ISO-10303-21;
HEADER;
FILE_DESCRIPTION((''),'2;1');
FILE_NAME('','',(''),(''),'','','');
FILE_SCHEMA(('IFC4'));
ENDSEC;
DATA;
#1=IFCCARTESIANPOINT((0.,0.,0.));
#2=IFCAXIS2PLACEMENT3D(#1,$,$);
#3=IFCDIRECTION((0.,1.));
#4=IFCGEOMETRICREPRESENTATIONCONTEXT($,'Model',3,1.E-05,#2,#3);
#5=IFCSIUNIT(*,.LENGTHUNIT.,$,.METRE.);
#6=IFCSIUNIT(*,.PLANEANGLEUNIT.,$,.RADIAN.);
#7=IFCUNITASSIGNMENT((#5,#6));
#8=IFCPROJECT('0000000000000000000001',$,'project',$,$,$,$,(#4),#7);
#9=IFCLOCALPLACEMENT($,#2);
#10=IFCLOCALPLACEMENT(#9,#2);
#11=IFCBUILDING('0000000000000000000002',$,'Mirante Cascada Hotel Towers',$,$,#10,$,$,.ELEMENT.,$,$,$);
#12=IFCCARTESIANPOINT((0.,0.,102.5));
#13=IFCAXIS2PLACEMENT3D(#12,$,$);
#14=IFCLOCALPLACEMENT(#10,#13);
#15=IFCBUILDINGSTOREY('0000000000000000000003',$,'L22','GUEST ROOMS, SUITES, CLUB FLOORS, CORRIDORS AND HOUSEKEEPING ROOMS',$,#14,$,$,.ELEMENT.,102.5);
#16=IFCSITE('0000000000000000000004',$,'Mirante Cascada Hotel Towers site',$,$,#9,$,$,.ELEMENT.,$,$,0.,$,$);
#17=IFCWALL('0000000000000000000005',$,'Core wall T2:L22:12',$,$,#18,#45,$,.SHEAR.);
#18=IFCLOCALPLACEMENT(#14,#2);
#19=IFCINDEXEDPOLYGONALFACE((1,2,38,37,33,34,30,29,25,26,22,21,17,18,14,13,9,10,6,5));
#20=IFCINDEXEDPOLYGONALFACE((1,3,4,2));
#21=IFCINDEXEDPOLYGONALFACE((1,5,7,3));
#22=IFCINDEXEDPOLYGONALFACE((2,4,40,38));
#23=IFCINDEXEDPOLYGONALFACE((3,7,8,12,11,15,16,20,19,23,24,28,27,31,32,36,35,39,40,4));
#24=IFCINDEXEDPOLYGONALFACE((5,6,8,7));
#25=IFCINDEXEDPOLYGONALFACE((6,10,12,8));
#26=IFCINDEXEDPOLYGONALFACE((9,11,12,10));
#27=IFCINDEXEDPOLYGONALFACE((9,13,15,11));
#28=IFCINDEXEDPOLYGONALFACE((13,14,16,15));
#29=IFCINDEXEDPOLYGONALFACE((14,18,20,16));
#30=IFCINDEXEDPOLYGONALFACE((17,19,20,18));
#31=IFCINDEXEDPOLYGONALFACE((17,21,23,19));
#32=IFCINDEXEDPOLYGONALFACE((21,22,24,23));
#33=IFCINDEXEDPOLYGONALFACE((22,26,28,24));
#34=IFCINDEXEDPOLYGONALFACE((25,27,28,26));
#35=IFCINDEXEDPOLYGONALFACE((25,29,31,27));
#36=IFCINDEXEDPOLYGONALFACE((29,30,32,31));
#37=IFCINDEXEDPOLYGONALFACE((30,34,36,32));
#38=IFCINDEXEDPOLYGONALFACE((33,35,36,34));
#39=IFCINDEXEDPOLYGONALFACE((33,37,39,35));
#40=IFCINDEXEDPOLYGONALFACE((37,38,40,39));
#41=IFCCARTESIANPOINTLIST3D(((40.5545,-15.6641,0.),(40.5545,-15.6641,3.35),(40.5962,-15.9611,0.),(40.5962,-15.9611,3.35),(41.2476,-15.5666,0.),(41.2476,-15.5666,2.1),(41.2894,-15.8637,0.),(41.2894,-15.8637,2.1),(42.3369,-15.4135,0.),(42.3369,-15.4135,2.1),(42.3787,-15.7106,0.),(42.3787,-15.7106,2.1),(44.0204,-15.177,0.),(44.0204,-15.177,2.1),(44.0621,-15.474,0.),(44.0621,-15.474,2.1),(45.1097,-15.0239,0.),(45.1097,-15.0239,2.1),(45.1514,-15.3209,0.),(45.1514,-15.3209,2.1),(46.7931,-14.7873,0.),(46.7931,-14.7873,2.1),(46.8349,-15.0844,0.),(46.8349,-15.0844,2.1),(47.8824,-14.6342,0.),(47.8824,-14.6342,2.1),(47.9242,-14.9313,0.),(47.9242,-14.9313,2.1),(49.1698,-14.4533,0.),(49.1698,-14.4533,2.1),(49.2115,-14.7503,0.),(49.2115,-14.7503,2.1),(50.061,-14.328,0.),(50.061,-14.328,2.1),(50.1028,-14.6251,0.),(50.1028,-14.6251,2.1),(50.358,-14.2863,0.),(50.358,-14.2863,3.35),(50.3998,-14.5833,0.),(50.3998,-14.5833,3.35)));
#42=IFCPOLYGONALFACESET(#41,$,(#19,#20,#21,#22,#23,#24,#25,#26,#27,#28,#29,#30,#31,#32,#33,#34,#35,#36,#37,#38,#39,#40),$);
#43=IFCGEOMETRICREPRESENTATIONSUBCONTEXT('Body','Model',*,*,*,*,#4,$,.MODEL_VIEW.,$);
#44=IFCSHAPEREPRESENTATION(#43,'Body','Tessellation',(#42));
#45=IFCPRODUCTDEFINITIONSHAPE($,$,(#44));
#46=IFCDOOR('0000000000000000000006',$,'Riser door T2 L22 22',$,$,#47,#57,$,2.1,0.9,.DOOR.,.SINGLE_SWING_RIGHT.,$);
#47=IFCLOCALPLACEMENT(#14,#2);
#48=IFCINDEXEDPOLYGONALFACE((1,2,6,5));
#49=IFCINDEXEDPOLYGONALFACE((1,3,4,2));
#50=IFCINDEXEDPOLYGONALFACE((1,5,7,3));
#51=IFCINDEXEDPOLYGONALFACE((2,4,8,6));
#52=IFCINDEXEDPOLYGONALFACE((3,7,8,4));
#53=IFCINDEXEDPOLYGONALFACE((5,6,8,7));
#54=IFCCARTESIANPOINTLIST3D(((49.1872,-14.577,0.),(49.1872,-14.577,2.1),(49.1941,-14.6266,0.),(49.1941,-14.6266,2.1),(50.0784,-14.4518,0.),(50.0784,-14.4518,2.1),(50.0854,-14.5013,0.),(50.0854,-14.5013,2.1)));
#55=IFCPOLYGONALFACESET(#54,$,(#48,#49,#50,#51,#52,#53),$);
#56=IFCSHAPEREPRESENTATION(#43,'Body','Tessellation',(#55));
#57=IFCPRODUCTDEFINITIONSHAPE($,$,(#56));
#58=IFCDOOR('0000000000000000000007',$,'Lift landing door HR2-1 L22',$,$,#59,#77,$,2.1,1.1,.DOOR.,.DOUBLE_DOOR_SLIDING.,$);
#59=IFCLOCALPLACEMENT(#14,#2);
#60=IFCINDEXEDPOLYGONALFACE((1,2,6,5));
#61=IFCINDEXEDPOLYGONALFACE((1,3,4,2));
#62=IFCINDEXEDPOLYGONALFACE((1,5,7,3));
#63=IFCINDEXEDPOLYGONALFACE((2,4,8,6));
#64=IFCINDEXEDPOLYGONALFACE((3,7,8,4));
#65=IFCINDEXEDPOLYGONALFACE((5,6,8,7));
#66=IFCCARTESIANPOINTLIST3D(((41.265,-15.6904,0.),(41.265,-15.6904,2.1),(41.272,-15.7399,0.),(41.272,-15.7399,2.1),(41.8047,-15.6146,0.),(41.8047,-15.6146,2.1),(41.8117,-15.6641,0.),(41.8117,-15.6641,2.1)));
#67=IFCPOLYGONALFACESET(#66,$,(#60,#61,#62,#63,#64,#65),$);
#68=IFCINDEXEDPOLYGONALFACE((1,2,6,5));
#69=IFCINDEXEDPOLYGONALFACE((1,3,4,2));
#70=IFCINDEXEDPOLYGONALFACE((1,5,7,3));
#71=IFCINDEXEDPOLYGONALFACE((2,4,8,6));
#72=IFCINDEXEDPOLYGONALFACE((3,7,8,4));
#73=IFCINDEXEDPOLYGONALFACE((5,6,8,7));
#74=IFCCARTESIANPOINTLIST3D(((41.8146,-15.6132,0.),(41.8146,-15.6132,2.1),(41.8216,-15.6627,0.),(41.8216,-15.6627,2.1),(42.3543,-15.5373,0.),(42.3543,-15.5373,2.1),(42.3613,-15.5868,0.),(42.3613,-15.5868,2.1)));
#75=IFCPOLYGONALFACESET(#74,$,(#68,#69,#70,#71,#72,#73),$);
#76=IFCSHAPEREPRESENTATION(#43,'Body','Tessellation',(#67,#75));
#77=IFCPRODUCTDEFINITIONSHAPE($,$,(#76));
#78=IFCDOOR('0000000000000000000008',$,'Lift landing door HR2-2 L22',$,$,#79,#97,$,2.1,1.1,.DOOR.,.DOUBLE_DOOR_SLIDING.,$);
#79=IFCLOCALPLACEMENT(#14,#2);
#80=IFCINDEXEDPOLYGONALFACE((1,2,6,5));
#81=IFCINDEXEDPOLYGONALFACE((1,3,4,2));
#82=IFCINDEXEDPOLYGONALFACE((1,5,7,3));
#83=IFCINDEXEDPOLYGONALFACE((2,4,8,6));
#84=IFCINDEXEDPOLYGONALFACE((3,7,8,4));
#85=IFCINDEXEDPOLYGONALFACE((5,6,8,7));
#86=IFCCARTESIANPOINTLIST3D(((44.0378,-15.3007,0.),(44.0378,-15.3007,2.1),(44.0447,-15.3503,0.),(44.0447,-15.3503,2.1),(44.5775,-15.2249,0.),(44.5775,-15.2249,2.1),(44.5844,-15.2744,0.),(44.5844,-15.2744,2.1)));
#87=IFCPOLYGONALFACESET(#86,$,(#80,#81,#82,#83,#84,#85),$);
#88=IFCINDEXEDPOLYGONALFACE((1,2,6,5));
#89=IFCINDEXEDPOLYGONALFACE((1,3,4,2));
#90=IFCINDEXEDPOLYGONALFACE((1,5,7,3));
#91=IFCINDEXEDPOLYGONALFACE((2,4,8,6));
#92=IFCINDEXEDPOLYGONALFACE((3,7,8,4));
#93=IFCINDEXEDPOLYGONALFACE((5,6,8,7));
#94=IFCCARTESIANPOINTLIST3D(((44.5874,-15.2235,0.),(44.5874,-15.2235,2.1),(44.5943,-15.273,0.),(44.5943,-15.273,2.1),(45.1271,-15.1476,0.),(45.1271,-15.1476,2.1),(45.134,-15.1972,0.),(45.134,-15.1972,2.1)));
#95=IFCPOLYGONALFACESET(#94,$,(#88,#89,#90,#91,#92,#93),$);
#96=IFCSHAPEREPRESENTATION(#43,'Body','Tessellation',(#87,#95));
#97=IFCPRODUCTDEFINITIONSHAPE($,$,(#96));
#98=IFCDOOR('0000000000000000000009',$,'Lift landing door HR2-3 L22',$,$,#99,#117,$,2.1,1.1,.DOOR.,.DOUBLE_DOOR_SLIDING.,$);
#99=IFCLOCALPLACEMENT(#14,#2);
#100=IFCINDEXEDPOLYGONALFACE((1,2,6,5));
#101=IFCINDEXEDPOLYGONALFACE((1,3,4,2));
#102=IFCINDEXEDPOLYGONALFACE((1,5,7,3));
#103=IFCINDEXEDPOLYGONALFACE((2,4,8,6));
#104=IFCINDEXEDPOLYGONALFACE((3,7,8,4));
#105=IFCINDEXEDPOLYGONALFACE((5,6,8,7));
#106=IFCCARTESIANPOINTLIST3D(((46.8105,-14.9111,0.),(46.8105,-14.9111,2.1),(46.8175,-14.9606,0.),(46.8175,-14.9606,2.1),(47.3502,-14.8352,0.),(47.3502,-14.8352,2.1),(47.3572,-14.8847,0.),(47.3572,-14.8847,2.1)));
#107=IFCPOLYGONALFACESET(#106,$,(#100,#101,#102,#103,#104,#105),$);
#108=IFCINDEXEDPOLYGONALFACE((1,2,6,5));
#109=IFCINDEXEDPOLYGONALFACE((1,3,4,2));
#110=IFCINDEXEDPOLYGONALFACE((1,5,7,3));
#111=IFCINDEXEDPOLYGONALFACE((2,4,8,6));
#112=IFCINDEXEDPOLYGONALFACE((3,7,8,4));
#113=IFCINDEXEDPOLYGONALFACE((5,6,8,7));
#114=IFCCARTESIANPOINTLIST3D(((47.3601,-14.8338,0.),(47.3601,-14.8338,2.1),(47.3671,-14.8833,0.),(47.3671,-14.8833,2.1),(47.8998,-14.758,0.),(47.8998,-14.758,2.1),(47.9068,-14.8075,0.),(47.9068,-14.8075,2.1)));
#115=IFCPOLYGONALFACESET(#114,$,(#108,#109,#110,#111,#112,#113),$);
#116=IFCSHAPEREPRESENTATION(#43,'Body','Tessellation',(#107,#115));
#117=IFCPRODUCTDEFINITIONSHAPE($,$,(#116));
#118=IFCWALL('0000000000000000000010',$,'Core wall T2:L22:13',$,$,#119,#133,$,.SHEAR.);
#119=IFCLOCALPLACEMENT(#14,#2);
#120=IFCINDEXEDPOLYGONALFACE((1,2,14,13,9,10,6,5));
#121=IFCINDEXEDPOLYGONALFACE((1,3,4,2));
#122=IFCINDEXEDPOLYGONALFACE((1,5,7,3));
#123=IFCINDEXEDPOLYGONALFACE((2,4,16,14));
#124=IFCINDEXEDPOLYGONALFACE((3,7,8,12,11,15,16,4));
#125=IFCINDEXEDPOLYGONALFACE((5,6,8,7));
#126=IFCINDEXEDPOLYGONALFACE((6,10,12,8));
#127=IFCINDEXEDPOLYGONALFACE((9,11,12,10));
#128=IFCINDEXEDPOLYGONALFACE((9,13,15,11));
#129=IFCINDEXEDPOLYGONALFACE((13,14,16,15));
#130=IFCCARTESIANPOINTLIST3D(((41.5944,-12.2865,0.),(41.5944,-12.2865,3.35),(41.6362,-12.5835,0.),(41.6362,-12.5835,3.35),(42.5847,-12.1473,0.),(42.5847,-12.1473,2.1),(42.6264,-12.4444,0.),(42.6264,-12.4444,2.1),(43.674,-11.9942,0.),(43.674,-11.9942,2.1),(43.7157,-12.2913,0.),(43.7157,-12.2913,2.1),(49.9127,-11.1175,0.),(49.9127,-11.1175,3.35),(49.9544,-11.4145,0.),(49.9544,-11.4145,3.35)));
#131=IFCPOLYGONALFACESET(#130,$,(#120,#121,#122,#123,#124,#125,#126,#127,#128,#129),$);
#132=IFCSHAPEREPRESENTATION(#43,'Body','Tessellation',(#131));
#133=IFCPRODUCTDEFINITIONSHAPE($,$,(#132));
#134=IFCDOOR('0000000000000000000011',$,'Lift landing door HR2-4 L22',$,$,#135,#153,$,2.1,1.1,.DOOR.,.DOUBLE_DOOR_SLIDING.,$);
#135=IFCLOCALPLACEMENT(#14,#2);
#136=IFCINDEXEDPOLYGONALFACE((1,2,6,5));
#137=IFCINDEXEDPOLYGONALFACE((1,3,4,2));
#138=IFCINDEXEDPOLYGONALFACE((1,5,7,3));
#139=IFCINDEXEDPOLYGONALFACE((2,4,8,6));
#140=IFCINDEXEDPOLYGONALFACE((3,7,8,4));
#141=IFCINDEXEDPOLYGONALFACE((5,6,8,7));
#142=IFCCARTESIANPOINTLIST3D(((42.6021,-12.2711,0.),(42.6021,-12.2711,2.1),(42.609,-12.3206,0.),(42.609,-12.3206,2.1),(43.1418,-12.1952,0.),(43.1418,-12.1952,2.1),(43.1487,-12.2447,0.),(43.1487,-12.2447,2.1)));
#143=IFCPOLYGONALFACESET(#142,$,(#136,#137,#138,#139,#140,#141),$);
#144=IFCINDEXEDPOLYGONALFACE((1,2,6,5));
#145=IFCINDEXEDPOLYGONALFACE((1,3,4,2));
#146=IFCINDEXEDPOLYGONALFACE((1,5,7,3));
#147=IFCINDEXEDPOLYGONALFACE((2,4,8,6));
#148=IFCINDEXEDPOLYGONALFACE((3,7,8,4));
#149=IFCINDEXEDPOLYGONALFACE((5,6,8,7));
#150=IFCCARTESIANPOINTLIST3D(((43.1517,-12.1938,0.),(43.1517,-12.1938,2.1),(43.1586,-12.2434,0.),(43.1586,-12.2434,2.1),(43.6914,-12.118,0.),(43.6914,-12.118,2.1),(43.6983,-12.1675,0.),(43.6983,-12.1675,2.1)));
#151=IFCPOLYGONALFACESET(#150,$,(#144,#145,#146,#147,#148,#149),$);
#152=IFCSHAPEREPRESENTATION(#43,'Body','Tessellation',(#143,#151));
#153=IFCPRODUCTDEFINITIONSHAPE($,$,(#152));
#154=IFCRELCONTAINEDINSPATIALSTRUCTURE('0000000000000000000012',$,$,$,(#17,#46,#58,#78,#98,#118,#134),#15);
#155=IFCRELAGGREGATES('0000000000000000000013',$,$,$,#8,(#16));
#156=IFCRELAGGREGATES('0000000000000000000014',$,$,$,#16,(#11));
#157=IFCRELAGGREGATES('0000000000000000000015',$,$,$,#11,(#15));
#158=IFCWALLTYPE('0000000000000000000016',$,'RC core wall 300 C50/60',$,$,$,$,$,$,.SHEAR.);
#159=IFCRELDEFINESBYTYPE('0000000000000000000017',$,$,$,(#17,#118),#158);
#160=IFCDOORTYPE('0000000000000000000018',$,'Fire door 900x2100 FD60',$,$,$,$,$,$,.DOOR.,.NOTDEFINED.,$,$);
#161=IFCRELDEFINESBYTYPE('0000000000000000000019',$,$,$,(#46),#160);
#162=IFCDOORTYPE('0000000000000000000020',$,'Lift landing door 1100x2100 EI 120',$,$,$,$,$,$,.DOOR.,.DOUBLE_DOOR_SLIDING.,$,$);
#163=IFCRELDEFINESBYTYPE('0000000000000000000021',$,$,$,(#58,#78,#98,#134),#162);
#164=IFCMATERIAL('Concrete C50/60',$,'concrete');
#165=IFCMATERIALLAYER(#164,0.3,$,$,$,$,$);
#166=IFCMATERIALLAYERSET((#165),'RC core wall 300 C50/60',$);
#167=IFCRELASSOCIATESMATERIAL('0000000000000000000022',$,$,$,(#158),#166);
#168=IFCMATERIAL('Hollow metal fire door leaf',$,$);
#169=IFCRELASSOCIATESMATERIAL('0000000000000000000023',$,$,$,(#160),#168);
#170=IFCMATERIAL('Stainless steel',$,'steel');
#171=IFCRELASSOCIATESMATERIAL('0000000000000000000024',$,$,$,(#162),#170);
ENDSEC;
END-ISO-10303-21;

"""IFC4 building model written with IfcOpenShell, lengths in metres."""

from ifc_helpers import new_model, si_unit, direction, frame, frame_2d, origin, place, context, subcontext, project, spatial, rectangle, extrude, material, layer, layer_set, type_object, element, fill, save


model = new_model("IFC4")

# Units and contexts
model_context = context("Model", 3, precision=1e-05, world=origin(), true_north=direction((0.0, 1.0)))
body_context = subcontext(model_context, "Body", "Model", "MODEL_VIEW")
ifc_project = project(units=[si_unit("LENGTHUNIT", "METRE"), si_unit("PLANEANGLEUNIT", "RADIAN")], contexts=[model_context])

# Site, building, storey
site_placement = place(None, origin())
site = spatial("IfcSite", under=ifc_project, at=site_placement, Name="Mirante Cascada Hotel Towers site", CompositionType="ELEMENT", RefElevation=0.0)
building_placement = place(site_placement, origin())
building = spatial("IfcBuilding", under=site, at=building_placement, Name="Mirante Cascada Hotel Towers", CompositionType="ELEMENT")
storey_placement = place(building_placement, frame((0.0, 0.0, 102.5)))
storey = spatial("IfcBuildingStorey", under=building, at=storey_placement, Name="L22", Description="GUEST ROOMS, SUITES, CLUB FLOORS, CORRIDORS AND HOUSEKEEPING ROOMS", CompositionType="ELEMENT", Elevation=102.5)

# Shared definitions
ifc_material_1 = material(Name="Concrete C50/60", Category="concrete")
ifc_layer_1 = layer(ifc_material_1, 0.3)
ifc_layer_set_1 = layer_set([ifc_layer_1], Name="RC core wall 300 C50/60")
wall_type_1 = type_object("IfcWallType", Name="RC core wall 300 C50/60", PredefinedType="SHEAR", material=ifc_layer_set_1)

# Wall, openings, doors
wall_1_placement = place(storey_placement, frame((40.5753, -15.8126, 0.0), z_axis=(0.0, 0.0, 1.0), x_axis=(0.990268, 0.139173, 0.0)))
wall_1 = element("IfcWall", 1, at=wall_1_placement, inside=storey, type_object=wall_type_1, Name="Core wall T2:L22:12", PredefinedType="SHEAR", context=body_context, shape_type="SweptSolid", body=[
    extrude(rectangle(XDim=9.8999, YDim=0.3, at=frame_2d((4.95, 0.0))), origin(), (0.0, 0.0, 1.0), 3.35),
])
opening_1_placement = place(wall_1_placement, frame((0.7, 0.0, 0.0)))
opening_1 = element("IfcOpeningElement", 2, at=opening_1_placement, cuts=wall_1, PredefinedType="OPENING", context=body_context, shape_type="SweptSolid", body=[
    extrude(rectangle(XDim=1.1, YDim=2.1, at=frame_2d((0.55, 1.05))), frame((0.0, 0.15, 0.0), z_axis=(0.0, -1.0, 0.0), x_axis=(1.0, 0.0, 0.0)), (0.0, 0.0, 1.0), 0.3),
])
opening_2_placement = place(wall_1_placement, frame((3.5, 0.0, 0.0)))
opening_2 = element("IfcOpeningElement", 3, at=opening_2_placement, cuts=wall_1, PredefinedType="OPENING", context=body_context, shape_type="SweptSolid", body=[
    extrude(rectangle(XDim=1.1, YDim=2.1, at=frame_2d((0.55, 1.05))), frame((0.0, 0.15, 0.0), z_axis=(0.0, -1.0, 0.0), x_axis=(1.0, 0.0, 0.0)), (0.0, 0.0, 1.0), 0.3),
])
opening_3_placement = place(wall_1_placement, frame((6.3, 0.0, 0.0)))
opening_3 = element("IfcOpeningElement", 4, at=opening_3_placement, cuts=wall_1, PredefinedType="OPENING", context=body_context, shape_type="SweptSolid", body=[
    extrude(rectangle(XDim=1.1, YDim=2.1, at=frame_2d((0.55, 1.05))), frame((0.0, 0.15, 0.0), z_axis=(0.0, -1.0, 0.0), x_axis=(1.0, 0.0, 0.0)), (0.0, 0.0, 1.0), 0.3),
])
opening_4_placement = place(wall_1_placement, frame((8.7, 0.0, 0.0)))
opening_4 = element("IfcOpeningElement", 5, at=opening_4_placement, cuts=wall_1, PredefinedType="OPENING", context=body_context, shape_type="SweptSolid", body=[
    extrude(rectangle(XDim=0.9, YDim=2.1, at=frame_2d((0.45, 1.05))), frame((0.0, 0.15, 0.0), z_axis=(0.0, -1.0, 0.0), x_axis=(1.0, 0.0, 0.0)), (0.0, 0.0, 1.0), 0.3),
])
ifc_material_2 = material(Name="Hollow metal fire door leaf")
door_type_1 = type_object("IfcDoorType", Name="Fire door 900x2100 FD60", OperationType="NOTDEFINED", PredefinedType="DOOR", material=ifc_material_2)
door_1_placement = place(opening_4_placement, frame((0.9, 0.0, 0.0), z_axis=(0.0, 0.0, 1.0), x_axis=(-1.0, 0.0, 0.0)))
door_1 = element("IfcDoor", 6, at=door_1_placement, inside=storey, type_object=door_type_1, Name="Riser door T2 L22 22", OperationType="SINGLE_SWING_RIGHT", OverallHeight=2.1, OverallWidth=0.9, PredefinedType="DOOR", context=body_context, shape_type="SweptSolid", body=[
    extrude(rectangle(XDim=0.9, YDim=2.1, at=frame_2d((0.45, 1.05))), frame((0.0, 0.025, 0.0), z_axis=(0.0, -1.0, 0.0), x_axis=(1.0, 0.0, 0.0)), (0.0, 0.0, 1.0), 0.05),
])
fill(opening_4, door_1)
ifc_material_3 = material(Name="Stainless steel", Category="steel")
door_type_2 = type_object("IfcDoorType", Name="Lift landing door 1100x2100 EI 120", OperationType="DOUBLE_DOOR_SLIDING", PredefinedType="DOOR", material=ifc_material_3)
door_2_placement = place(opening_1_placement, origin())
door_2 = element("IfcDoor", 7, at=door_2_placement, inside=storey, type_object=door_type_2, Name="Lift landing door HR2-1 L22", OperationType="DOUBLE_DOOR_SLIDING", OverallHeight=2.1, OverallWidth=1.1, PredefinedType="DOOR", context=body_context, shape_type="SweptSolid", body=[
    extrude(rectangle(XDim=0.545, YDim=2.1, at=frame_2d((0.2725, 1.05))), frame((0.0, 0.025, 0.0), z_axis=(0.0, -1.0, 0.0), x_axis=(1.0, 0.0, 0.0)), (0.0, 0.0, 1.0), 0.05),
    extrude(rectangle(XDim=0.545, YDim=2.1, at=frame_2d((0.8275, 1.05))), frame((0.0, 0.025, 0.0), z_axis=(0.0, -1.0, 0.0), x_axis=(1.0, 0.0, 0.0)), (0.0, 0.0, 1.0), 0.05),
])
fill(opening_1, door_2)
door_3_placement = place(opening_2_placement, origin())
door_3 = element("IfcDoor", 8, at=door_3_placement, inside=storey, type_object=door_type_2, Name="Lift landing door HR2-2 L22", OperationType="DOUBLE_DOOR_SLIDING", OverallHeight=2.1, OverallWidth=1.1, PredefinedType="DOOR", context=body_context, shape_type="SweptSolid", body=[
    extrude(rectangle(XDim=0.545, YDim=2.1, at=frame_2d((0.2725, 1.05))), frame((0.0, 0.025, 0.0), z_axis=(0.0, -1.0, 0.0), x_axis=(1.0, 0.0, 0.0)), (0.0, 0.0, 1.0), 0.05),
    extrude(rectangle(XDim=0.545, YDim=2.1, at=frame_2d((0.8275, 1.05))), frame((0.0, 0.025, 0.0), z_axis=(0.0, -1.0, 0.0), x_axis=(1.0, 0.0, 0.0)), (0.0, 0.0, 1.0), 0.05),
])
fill(opening_2, door_3)
door_4_placement = place(opening_3_placement, origin())
door_4 = element("IfcDoor", 9, at=door_4_placement, inside=storey, type_object=door_type_2, Name="Lift landing door HR2-3 L22", OperationType="DOUBLE_DOOR_SLIDING", OverallHeight=2.1, OverallWidth=1.1, PredefinedType="DOOR", context=body_context, shape_type="SweptSolid", body=[
    extrude(rectangle(XDim=0.545, YDim=2.1, at=frame_2d((0.2725, 1.05))), frame((0.0, 0.025, 0.0), z_axis=(0.0, -1.0, 0.0), x_axis=(1.0, 0.0, 0.0)), (0.0, 0.0, 1.0), 0.05),
    extrude(rectangle(XDim=0.545, YDim=2.1, at=frame_2d((0.8275, 1.05))), frame((0.0, 0.025, 0.0), z_axis=(0.0, -1.0, 0.0), x_axis=(1.0, 0.0, 0.0)), (0.0, 0.0, 1.0), 0.05),
])
fill(opening_3, door_4)

# Wall, opening, door
wall_2_placement = place(storey_placement, frame((41.6153, -12.435, 0.0), z_axis=(0.0, 0.0, 1.0), x_axis=(0.990269, 0.139166, 0.0)))
wall_2 = element("IfcWall", 10, at=wall_2_placement, inside=storey, type_object=wall_type_1, Name="Core wall T2:L22:13", PredefinedType="SHEAR", context=body_context, shape_type="SweptSolid", body=[
    extrude(rectangle(XDim=8.4, YDim=0.3, at=frame_2d((4.2, 0.0))), origin(), (0.0, 0.0, 1.0), 3.35),
])
opening_5_placement = place(wall_2_placement, frame((1.0, 0.0, 0.0)))
opening_5 = element("IfcOpeningElement", 11, at=opening_5_placement, cuts=wall_2, PredefinedType="OPENING", context=body_context, shape_type="SweptSolid", body=[
    extrude(rectangle(XDim=1.1, YDim=2.1, at=frame_2d((0.55, 1.05))), frame((0.0, 0.15, 0.0), z_axis=(0.0, -1.0, 0.0), x_axis=(1.0, 0.0, 0.0)), (0.0, 0.0, 1.0), 0.3),
])
door_5_placement = place(opening_5_placement, origin())
door_5 = element("IfcDoor", 12, at=door_5_placement, inside=storey, type_object=door_type_2, Name="Lift landing door HR2-4 L22", OperationType="DOUBLE_DOOR_SLIDING", OverallHeight=2.1, OverallWidth=1.1, PredefinedType="DOOR", context=body_context, shape_type="SweptSolid", body=[
    extrude(rectangle(XDim=0.545, YDim=2.1, at=frame_2d((0.2725, 1.05))), frame((0.0, 0.025, 0.0), z_axis=(0.0, -1.0, 0.0), x_axis=(1.0, 0.0, 0.0)), (0.0, 0.0, 1.0), 0.05),
    extrude(rectangle(XDim=0.545, YDim=2.1, at=frame_2d((0.8275, 1.05))), frame((0.0, 0.025, 0.0), z_axis=(0.0, -1.0, 0.0), x_axis=(1.0, 0.0, 0.0)), (0.0, 0.0, 1.0), 0.05),
])
fill(opening_5, door_5)

save(model, "model.ifc")
